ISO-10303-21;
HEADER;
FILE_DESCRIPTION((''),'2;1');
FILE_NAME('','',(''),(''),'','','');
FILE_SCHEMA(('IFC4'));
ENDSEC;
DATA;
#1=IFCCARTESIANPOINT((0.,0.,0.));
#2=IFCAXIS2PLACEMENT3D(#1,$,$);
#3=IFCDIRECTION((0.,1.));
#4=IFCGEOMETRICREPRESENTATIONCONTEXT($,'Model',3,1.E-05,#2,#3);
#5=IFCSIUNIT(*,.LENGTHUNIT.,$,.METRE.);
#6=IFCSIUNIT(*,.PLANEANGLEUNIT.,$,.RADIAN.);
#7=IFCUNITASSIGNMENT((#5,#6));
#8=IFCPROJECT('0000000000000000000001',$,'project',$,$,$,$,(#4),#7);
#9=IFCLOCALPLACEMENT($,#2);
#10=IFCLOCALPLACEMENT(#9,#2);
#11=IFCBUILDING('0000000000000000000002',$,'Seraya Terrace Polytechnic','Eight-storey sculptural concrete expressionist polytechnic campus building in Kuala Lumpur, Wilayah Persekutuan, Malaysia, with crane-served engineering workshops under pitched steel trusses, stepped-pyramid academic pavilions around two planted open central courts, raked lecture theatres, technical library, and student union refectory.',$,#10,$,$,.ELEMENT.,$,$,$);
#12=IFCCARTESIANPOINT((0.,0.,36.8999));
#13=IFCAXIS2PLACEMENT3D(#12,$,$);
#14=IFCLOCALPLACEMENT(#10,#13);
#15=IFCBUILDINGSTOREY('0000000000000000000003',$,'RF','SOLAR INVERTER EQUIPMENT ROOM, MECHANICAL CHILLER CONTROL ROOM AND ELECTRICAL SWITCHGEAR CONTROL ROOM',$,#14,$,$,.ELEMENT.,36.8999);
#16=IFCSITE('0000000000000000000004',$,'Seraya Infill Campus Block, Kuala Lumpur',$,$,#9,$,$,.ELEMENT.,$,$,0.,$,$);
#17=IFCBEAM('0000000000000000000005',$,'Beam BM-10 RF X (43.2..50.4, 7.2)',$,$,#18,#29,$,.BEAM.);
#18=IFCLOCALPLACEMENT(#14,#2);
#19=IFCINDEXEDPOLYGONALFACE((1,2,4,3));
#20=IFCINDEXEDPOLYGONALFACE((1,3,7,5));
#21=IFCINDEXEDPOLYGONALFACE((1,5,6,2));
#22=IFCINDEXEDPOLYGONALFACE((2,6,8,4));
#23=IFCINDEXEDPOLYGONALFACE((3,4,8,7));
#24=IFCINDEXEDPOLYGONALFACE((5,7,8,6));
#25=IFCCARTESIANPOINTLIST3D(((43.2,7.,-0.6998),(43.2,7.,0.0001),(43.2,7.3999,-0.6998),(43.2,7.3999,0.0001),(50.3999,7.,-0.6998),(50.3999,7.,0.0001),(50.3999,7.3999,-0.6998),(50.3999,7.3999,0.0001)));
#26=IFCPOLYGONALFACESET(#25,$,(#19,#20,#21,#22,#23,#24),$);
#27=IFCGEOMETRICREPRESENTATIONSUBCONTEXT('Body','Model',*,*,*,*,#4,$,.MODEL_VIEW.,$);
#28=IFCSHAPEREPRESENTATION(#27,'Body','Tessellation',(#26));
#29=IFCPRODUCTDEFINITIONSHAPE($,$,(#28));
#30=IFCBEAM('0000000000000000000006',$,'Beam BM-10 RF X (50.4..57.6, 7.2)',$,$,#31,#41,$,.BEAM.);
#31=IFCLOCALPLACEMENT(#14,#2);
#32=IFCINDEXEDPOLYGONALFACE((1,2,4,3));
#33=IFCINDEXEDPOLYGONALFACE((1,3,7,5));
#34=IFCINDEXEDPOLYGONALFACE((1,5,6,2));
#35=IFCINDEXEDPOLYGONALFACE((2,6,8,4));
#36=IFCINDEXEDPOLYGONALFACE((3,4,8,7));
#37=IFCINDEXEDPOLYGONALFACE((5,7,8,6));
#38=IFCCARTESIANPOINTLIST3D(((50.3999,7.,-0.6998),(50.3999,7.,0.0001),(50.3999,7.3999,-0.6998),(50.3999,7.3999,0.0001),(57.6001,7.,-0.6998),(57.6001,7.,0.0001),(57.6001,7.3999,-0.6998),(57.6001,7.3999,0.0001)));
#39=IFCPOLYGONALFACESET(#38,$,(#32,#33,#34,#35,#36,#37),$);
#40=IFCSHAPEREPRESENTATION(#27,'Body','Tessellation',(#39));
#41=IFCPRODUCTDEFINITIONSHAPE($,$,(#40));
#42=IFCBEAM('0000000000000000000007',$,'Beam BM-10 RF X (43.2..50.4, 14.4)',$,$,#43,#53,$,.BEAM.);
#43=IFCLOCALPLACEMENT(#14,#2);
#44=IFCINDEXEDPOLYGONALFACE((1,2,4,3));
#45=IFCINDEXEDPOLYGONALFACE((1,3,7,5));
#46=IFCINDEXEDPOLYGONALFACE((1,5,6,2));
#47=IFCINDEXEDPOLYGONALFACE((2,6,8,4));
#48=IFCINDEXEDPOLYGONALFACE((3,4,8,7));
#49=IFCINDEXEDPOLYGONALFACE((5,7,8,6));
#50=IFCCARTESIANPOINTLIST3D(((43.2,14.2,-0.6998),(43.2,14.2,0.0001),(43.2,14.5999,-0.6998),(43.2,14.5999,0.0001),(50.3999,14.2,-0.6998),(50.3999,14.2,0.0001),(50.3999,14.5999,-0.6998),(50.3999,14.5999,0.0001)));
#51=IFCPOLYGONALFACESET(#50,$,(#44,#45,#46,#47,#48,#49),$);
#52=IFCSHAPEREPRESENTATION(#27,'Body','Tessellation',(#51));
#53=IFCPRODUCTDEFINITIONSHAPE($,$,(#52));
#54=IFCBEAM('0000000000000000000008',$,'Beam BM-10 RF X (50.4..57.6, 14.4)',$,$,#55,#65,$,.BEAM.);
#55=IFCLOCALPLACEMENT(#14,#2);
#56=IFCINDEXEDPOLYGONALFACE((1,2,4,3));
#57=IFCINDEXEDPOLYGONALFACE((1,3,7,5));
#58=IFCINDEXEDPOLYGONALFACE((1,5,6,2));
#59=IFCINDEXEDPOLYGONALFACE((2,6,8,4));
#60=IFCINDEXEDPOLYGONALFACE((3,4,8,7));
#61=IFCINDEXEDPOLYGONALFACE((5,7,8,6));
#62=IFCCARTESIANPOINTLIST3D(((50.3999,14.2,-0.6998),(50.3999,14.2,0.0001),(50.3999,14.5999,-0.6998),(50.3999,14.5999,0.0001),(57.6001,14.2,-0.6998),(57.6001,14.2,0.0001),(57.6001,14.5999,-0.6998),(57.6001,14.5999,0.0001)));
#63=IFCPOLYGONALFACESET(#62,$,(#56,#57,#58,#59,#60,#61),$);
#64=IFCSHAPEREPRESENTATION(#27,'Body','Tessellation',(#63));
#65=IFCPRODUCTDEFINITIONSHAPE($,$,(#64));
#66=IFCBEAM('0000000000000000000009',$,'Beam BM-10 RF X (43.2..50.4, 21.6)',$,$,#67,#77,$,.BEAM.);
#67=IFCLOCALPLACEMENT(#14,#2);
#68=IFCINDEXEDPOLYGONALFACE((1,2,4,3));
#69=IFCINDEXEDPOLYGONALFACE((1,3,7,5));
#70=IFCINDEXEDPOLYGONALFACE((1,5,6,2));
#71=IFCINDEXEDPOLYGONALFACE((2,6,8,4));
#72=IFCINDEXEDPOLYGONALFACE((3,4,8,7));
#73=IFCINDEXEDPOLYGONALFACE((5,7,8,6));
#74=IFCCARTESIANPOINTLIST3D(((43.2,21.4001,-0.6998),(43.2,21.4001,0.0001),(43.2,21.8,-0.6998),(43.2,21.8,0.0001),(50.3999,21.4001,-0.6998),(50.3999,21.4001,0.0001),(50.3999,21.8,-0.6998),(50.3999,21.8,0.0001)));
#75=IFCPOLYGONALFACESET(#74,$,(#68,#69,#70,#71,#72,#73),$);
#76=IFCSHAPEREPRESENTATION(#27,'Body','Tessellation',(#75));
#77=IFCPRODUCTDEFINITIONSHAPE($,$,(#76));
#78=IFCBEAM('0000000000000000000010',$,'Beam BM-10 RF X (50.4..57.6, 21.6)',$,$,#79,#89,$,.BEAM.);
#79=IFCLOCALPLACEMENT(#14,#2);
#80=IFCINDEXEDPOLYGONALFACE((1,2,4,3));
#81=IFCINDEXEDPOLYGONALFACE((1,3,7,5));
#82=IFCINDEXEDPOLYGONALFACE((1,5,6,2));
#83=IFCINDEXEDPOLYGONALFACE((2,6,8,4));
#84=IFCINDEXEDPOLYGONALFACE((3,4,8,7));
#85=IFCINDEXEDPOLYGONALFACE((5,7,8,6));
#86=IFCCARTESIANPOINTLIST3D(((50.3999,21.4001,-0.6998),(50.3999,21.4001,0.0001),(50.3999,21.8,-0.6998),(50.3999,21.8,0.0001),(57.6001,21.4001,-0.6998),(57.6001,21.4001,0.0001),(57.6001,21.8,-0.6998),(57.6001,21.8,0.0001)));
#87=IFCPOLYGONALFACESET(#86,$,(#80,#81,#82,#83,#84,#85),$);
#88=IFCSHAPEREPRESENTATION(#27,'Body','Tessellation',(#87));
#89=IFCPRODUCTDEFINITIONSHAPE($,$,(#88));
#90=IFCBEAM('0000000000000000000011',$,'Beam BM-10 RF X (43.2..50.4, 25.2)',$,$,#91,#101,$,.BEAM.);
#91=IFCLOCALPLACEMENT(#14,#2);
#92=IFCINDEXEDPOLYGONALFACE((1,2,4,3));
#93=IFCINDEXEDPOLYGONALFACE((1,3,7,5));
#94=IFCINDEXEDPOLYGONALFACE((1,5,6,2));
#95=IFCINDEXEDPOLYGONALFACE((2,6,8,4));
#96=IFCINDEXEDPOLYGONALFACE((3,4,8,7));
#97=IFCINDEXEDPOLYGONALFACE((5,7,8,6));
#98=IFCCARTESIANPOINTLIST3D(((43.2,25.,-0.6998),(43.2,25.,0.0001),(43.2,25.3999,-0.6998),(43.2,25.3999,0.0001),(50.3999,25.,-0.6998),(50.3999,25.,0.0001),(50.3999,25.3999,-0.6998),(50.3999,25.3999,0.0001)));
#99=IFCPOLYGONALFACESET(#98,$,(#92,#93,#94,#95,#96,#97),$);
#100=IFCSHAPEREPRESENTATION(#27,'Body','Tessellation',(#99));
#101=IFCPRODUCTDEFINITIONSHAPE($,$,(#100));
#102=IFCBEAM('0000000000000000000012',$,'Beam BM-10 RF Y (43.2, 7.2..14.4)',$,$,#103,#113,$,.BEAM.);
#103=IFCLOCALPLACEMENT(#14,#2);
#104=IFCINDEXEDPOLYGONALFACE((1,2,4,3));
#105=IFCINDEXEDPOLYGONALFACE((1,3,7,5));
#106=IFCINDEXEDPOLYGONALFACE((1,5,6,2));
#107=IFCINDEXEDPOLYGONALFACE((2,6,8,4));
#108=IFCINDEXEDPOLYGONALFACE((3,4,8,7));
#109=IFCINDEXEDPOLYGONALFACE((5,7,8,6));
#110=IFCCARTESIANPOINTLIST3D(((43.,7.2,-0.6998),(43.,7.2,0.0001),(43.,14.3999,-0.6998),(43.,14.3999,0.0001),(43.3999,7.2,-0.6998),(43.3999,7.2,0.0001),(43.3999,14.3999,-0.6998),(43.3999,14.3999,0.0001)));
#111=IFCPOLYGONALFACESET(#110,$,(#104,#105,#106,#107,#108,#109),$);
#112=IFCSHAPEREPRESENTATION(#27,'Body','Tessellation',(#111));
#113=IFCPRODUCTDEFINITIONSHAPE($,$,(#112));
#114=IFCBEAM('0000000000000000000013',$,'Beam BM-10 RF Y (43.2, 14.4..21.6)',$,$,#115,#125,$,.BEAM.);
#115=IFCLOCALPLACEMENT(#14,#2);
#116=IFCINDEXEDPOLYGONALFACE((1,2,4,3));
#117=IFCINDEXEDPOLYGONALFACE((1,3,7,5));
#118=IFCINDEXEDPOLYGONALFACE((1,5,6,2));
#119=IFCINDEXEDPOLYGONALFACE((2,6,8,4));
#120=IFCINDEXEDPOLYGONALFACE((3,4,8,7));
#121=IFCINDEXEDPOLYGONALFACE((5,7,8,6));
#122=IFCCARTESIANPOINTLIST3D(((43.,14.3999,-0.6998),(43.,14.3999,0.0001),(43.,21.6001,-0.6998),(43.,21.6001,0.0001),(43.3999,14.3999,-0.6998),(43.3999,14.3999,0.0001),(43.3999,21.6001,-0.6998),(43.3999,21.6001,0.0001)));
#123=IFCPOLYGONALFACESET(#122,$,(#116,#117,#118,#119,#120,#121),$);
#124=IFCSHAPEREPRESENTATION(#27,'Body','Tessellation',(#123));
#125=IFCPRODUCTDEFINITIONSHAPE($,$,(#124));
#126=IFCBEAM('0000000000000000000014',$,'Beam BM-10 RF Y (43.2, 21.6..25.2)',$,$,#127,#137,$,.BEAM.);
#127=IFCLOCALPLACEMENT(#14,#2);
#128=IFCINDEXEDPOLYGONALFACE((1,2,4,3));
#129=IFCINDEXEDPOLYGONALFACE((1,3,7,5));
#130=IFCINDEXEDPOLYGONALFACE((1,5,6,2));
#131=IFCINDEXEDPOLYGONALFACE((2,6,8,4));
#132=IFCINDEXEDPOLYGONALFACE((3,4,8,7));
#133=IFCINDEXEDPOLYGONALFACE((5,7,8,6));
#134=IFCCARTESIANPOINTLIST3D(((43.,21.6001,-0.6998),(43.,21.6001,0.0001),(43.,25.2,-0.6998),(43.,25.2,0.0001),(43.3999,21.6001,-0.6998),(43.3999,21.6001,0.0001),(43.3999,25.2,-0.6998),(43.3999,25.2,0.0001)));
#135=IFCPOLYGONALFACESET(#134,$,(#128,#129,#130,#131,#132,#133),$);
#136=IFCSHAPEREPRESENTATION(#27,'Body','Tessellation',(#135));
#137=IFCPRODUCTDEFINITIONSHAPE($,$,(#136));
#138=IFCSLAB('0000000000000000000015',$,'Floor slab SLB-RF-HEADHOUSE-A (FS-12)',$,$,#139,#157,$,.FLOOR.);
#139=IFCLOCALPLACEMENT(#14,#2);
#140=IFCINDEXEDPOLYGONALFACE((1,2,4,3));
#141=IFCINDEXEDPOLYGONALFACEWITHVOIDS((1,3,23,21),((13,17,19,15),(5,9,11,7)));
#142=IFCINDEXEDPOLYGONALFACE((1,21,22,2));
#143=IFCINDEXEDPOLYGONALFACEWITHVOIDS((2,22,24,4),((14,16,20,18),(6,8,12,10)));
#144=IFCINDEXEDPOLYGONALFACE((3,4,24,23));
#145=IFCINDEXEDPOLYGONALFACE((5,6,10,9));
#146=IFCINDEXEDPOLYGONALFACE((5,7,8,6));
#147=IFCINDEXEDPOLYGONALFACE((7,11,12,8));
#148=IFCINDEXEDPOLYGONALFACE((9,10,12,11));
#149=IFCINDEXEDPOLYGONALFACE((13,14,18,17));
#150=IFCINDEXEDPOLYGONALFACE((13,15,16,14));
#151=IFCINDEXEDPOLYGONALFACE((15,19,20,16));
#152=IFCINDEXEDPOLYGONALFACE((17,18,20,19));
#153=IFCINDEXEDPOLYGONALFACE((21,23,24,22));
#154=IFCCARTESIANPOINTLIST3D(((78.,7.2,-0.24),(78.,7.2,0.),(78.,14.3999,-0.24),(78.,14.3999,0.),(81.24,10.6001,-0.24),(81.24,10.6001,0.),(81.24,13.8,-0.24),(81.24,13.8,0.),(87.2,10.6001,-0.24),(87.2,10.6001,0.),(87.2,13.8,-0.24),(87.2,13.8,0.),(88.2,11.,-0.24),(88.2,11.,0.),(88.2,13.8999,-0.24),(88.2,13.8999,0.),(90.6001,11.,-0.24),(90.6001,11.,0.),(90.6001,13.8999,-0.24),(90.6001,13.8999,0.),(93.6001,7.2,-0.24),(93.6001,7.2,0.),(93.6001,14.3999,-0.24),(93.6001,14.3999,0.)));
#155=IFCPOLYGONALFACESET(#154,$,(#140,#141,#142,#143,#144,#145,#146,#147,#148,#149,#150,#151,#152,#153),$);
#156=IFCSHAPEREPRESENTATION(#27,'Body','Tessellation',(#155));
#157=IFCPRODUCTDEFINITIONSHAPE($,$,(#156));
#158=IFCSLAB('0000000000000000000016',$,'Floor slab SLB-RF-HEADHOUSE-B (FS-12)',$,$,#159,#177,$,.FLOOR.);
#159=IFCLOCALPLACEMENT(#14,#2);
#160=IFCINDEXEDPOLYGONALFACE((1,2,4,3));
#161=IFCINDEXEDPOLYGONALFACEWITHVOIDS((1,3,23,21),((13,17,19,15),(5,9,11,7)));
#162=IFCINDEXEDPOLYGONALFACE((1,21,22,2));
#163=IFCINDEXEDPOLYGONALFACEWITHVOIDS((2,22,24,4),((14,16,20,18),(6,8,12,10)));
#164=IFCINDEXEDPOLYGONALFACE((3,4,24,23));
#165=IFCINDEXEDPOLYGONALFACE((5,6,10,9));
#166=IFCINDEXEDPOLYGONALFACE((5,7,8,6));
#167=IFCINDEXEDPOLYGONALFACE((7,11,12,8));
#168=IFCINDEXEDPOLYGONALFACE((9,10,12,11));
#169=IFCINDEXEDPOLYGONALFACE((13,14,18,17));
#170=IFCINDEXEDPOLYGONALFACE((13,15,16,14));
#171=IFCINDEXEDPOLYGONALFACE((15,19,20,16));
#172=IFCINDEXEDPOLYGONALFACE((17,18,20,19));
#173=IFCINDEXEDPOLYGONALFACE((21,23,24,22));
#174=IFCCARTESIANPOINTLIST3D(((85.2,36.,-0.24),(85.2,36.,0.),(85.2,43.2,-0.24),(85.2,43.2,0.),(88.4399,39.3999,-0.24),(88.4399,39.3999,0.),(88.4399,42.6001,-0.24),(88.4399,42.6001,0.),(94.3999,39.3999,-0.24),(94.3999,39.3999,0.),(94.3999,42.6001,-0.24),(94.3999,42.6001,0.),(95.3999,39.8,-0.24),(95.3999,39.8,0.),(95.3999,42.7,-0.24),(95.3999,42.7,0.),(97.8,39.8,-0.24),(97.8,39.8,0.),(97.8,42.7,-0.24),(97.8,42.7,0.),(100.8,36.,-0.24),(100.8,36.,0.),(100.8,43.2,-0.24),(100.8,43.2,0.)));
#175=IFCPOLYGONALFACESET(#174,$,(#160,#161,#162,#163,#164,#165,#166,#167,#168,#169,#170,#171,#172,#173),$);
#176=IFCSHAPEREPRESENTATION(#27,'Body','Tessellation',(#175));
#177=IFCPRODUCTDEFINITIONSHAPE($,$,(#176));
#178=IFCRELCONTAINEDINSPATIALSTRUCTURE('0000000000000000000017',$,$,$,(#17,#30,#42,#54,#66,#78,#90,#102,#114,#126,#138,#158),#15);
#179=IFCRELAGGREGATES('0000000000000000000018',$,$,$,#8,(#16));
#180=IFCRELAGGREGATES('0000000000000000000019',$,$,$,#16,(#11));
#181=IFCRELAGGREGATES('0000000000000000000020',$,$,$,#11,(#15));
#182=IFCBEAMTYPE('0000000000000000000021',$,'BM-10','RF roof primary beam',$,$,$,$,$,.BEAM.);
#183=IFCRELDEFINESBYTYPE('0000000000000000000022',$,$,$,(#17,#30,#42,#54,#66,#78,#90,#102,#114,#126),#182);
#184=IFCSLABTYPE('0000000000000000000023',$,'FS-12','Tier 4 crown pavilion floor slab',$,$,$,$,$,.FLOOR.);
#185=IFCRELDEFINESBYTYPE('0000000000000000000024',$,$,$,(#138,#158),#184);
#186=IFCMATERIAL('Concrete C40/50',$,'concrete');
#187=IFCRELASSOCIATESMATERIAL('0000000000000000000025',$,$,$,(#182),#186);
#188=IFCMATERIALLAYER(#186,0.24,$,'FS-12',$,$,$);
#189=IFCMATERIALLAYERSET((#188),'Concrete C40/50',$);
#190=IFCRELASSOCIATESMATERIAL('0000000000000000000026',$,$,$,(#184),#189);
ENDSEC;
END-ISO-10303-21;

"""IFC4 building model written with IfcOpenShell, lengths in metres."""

from ifc_helpers import new_model, si_unit, direction, frame, origin, origin_2d, place, context, subcontext, project, spatial, polyline, rectangle, outline, extrude, material, layer, layer_set, material_profile, profile_set, type_object, element, save


model = new_model("IFC4")

# Units and contexts
model_context = context("Model", 3, precision=1e-05, world=origin(), true_north=direction((0.0, 1.0)))
body_context = subcontext(model_context, "Body", "Model", "MODEL_VIEW")
ifc_project = project(units=[si_unit("LENGTHUNIT", "METRE"), si_unit("PLANEANGLEUNIT", "RADIAN")], contexts=[model_context])

# Site, building, storey
site_placement = place(None, origin())
site = spatial("IfcSite", under=ifc_project, at=site_placement, Name="Seraya Infill Campus Block, Kuala Lumpur", CompositionType="ELEMENT", RefElevation=0.0)
building_placement = place(site_placement, origin())
building = spatial("IfcBuilding", under=site, at=building_placement, Name="Seraya Terrace Polytechnic", Description="Eight-storey sculptural concrete expressionist polytechnic campus building in Kuala Lumpur, Wilayah Persekutuan, Malaysia, with crane-served engineering workshops under pitched steel trusses, stepped-pyramid academic pavilions around two planted open central courts, raked lecture theatres, technical library, and student union refectory.", CompositionType="ELEMENT")
storey_placement = place(building_placement, frame((0.0, 0.0, 36.8999)))
storey = spatial("IfcBuildingStorey", under=building, at=storey_placement, Name="RF", Description="SOLAR INVERTER EQUIPMENT ROOM, MECHANICAL CHILLER CONTROL ROOM AND ELECTRICAL SWITCHGEAR CONTROL ROOM", CompositionType="ELEMENT", Elevation=36.8999)

# Beams
ifc_material_1 = material(Name="Concrete C40/50", Category="concrete")
ifc_material_profile = material_profile(ifc_material_1, rectangle(XDim=0.3999, YDim=0.7, at=origin_2d()), Name="RC 400x700")
ifc_profile_set = profile_set([ifc_material_profile], Name="Concrete C40/50")
beam_type = type_object("IfcBeamType", Name="BM-10", Description="RF roof primary beam", PredefinedType="BEAM", material=ifc_profile_set)
beam_1_placement = place(storey_placement, frame((43.2, 7.2, -0.3499), z_axis=(1.0, 0.0, 0.0), x_axis=(0.0, 1.0, 0.0)))
element("IfcBeam", 1, at=beam_1_placement, inside=storey, type_object=beam_type, Name="Beam BM-10 RF X (43.2..50.4, 7.2)", PredefinedType="BEAM", context=body_context, shape_type="SweptSolid", body=[
    extrude(rectangle(XDim=0.3999, YDim=0.7, at=origin_2d()), origin(), (0.0, 0.0, 1.0), 7.2),
])
beam_2_placement = place(storey_placement, frame((50.3999, 7.2, -0.3499), z_axis=(1.0, 0.0, 0.0), x_axis=(0.0, 1.0, 0.0)))
element("IfcBeam", 2, at=beam_2_placement, inside=storey, type_object=beam_type, Name="Beam BM-10 RF X (50.4..57.6, 7.2)", PredefinedType="BEAM", context=body_context, shape_type="SweptSolid", body=[
    extrude(rectangle(XDim=0.3999, YDim=0.7, at=origin_2d()), origin(), (0.0, 0.0, 1.0), 7.2002),
])
beam_3_placement = place(storey_placement, frame((43.2, 14.3999, -0.3499), z_axis=(1.0, 0.0, 0.0), x_axis=(0.0, 1.0, 0.0)))
element("IfcBeam", 3, at=beam_3_placement, inside=storey, type_object=beam_type, Name="Beam BM-10 RF X (43.2..50.4, 14.4)", PredefinedType="BEAM", context=body_context, shape_type="SweptSolid", body=[
    extrude(rectangle(XDim=0.3999, YDim=0.7, at=origin_2d()), origin(), (0.0, 0.0, 1.0), 7.2),
])
beam_4_placement = place(storey_placement, frame((50.3999, 14.3999, -0.3499), z_axis=(1.0, 0.0, 0.0), x_axis=(0.0, 1.0, 0.0)))
element("IfcBeam", 4, at=beam_4_placement, inside=storey, type_object=beam_type, Name="Beam BM-10 RF X (50.4..57.6, 14.4)", PredefinedType="BEAM", context=body_context, shape_type="SweptSolid", body=[
    extrude(rectangle(XDim=0.3999, YDim=0.7, at=origin_2d()), origin(), (0.0, 0.0, 1.0), 7.2002),
])
beam_5_placement = place(storey_placement, frame((43.2, 21.6001, -0.3499), z_axis=(1.0, 0.0, 0.0), x_axis=(0.0, 1.0, 0.0)))
element("IfcBeam", 5, at=beam_5_placement, inside=storey, type_object=beam_type, Name="Beam BM-10 RF X (43.2..50.4, 21.6)", PredefinedType="BEAM", context=body_context, shape_type="SweptSolid", body=[
    extrude(rectangle(XDim=0.3999, YDim=0.7, at=origin_2d()), origin(), (0.0, 0.0, 1.0), 7.2),
])
beam_6_placement = place(storey_placement, frame((50.3999, 21.6001, -0.3499), z_axis=(1.0, 0.0, 0.0), x_axis=(0.0, 1.0, 0.0)))
element("IfcBeam", 6, at=beam_6_placement, inside=storey, type_object=beam_type, Name="Beam BM-10 RF X (50.4..57.6, 21.6)", PredefinedType="BEAM", context=body_context, shape_type="SweptSolid", body=[
    extrude(rectangle(XDim=0.3999, YDim=0.7, at=origin_2d()), origin(), (0.0, 0.0, 1.0), 7.2002),
])
for number, where, z_axis, x_axis, name in (
    (7, (43.2, 25.2, -0.3499), (1.0, 0.0, 0.0), (0.0, 1.0, 0.0), "Beam BM-10 RF X (43.2..50.4, 25.2)"),
    (8, (43.2, 7.2, -0.3499), (0.0, 1.0, 0.0), (-1.0, 0.0, 0.0), "Beam BM-10 RF Y (43.2, 7.2..14.4)"),
):
    element("IfcBeam", number, at=place(storey_placement, frame(where, z_axis=z_axis, x_axis=x_axis)), inside=storey, type_object=beam_type, Name=name, PredefinedType="BEAM", context=body_context, shape_type="SweptSolid", body=[
        extrude(rectangle(XDim=0.3999, YDim=0.7, at=origin_2d()), origin(), (0.0, 0.0, 1.0), 7.2),
    ])
beam_7_placement = place(storey_placement, frame((43.2, 14.3999, -0.3499), z_axis=(0.0, 1.0, 0.0), x_axis=(-1.0, 0.0, 0.0)))
element("IfcBeam", 9, at=beam_7_placement, inside=storey, type_object=beam_type, Name="Beam BM-10 RF Y (43.2, 14.4..21.6)", PredefinedType="BEAM", context=body_context, shape_type="SweptSolid", body=[
    extrude(rectangle(XDim=0.3999, YDim=0.7, at=origin_2d()), origin(), (0.0, 0.0, 1.0), 7.2002),
])
beam_8_placement = place(storey_placement, frame((43.2, 21.6001, -0.3499), z_axis=(0.0, 1.0, 0.0), x_axis=(-1.0, 0.0, 0.0)))
element("IfcBeam", 10, at=beam_8_placement, inside=storey, type_object=beam_type, Name="Beam BM-10 RF Y (43.2, 21.6..25.2)", PredefinedType="BEAM", context=body_context, shape_type="SweptSolid", body=[
    extrude(rectangle(XDim=0.3999, YDim=0.7, at=origin_2d()), origin(), (0.0, 0.0, 1.0), 3.5999),
])

# Slabs
ifc_layer_1 = layer(ifc_material_1, 0.24, Name="FS-12")
ifc_layer_set_1 = layer_set([ifc_layer_1], Name="Concrete C40/50")
slab_type_1 = type_object("IfcSlabType", Name="FS-12", Description="Tier 4 crown pavilion floor slab", PredefinedType="FLOOR", material=ifc_layer_set_1)
slab_1_placement = place(storey_placement, frame((0.0, 0.0, -0.24)))
element("IfcSlab", 11, at=slab_1_placement, inside=storey, type_object=slab_type_1, Name="Floor slab SLB-RF-HEADHOUSE-A (FS-12)", PredefinedType="FLOOR", context=body_context, shape_type="SweptSolid", body=[
    extrude(outline(polyline([(78.0, 7.2), (78.0, 14.3999), (93.6001, 14.3999), (93.6001, 7.2), (78.0, 7.2)]), holes=[polyline([(81.24, 10.6001), (87.2, 10.6001), (87.2, 13.8), (81.24, 13.8), (81.24, 10.6001)]), polyline([(88.2, 11.0), (90.6001, 11.0), (90.6001, 13.8999), (88.2, 13.8999), (88.2, 11.0)])]), origin(), (0.0, 0.0, 1.0), 0.24),
])
slab_2_placement = place(storey_placement, frame((0.0, 0.0, -0.24)))
element("IfcSlab", 12, at=slab_2_placement, inside=storey, type_object=slab_type_1, Name="Floor slab SLB-RF-HEADHOUSE-B (FS-12)", PredefinedType="FLOOR", context=body_context, shape_type="SweptSolid", body=[
    extrude(outline(polyline([(85.2, 36.0), (85.2, 43.2), (100.8, 43.2), (100.8, 36.0), (85.2, 36.0)]), holes=[polyline([(88.4399, 39.3999), (94.3999, 39.3999), (94.3999, 42.6001), (88.4399, 42.6001), (88.4399, 39.3999)]), polyline([(95.3999, 39.8), (97.8, 39.8), (97.8, 42.7), (95.3999, 42.7), (95.3999, 39.8)])]), origin(), (0.0, 0.0, 1.0), 0.24),
])

save(model, "model.ifc")
